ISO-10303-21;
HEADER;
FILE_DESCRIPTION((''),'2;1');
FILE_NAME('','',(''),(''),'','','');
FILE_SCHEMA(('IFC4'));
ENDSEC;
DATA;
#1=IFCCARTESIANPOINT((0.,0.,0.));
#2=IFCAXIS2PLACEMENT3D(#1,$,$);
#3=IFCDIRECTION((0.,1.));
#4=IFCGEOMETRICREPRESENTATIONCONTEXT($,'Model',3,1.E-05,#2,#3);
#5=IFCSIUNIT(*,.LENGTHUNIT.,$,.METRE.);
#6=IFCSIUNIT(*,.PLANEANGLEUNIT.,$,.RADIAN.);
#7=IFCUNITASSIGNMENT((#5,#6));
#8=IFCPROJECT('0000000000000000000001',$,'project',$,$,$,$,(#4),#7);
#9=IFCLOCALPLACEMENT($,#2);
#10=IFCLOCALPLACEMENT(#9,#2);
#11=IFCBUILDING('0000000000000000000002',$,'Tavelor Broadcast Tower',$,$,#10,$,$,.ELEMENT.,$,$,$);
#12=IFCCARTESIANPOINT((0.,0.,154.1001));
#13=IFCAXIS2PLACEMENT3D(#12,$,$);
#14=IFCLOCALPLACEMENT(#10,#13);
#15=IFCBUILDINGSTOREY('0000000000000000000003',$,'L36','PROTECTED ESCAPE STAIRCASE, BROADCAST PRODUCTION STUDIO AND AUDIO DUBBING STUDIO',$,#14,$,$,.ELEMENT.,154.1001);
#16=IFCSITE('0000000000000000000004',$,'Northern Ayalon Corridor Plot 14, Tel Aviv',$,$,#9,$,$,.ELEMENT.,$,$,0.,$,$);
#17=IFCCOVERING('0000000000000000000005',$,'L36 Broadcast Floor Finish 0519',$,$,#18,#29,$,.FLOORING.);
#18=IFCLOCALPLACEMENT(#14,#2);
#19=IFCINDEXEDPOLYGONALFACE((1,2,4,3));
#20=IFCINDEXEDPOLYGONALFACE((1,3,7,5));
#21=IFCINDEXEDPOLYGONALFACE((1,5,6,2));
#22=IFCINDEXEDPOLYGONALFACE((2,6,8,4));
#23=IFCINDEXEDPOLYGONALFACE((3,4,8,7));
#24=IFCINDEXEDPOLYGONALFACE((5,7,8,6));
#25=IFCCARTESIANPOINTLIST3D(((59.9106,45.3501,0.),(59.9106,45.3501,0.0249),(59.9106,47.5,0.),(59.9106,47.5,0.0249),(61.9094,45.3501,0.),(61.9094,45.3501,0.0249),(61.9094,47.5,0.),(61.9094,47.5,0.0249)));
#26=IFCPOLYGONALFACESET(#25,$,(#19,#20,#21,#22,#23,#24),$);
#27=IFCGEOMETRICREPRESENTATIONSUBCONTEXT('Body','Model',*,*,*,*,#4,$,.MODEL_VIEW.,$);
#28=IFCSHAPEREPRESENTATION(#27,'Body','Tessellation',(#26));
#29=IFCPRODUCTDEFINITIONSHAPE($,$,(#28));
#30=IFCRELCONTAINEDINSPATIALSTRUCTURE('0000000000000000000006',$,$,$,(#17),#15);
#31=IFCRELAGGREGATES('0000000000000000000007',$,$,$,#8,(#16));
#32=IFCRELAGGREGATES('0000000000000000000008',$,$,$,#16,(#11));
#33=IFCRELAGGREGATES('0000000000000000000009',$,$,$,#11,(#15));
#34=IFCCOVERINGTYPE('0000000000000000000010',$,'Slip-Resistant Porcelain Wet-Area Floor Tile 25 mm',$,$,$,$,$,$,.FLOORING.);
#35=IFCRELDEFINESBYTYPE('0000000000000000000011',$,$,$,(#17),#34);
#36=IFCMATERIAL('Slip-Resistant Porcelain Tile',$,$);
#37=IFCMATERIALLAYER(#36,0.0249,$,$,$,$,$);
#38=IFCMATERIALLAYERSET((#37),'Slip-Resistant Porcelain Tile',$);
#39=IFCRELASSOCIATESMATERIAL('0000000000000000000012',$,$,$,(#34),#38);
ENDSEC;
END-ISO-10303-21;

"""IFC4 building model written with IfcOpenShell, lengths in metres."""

from ifc_helpers import new_model, si_unit, direction, frame, origin, place, context, subcontext, project, spatial, polyline, outline, extrude, material, layer, layer_set, type_object, element, save


model = new_model("IFC4")

# Units and contexts
model_context = context("Model", 3, precision=1e-05, world=origin(), true_north=direction((0.0, 1.0)))
body_context = subcontext(model_context, "Body", "Model", "MODEL_VIEW")
ifc_project = project(units=[si_unit("LENGTHUNIT", "METRE"), si_unit("PLANEANGLEUNIT", "RADIAN")], contexts=[model_context])

# Site, building, storey
site_placement = place(None, origin())
site = spatial("IfcSite", under=ifc_project, at=site_placement, Name="Northern Ayalon Corridor Plot 14, Tel Aviv", CompositionType="ELEMENT", RefElevation=0.0)
building_placement = place(site_placement, origin())
building = spatial("IfcBuilding", under=site, at=building_placement, Name="Tavelor Broadcast Tower", CompositionType="ELEMENT")
storey_placement = place(building_placement, frame((0.0, 0.0, 154.1001)))
storey = spatial("IfcBuildingStorey", under=building, at=storey_placement, Name="L36", Description="PROTECTED ESCAPE STAIRCASE, BROADCAST PRODUCTION STUDIO AND AUDIO DUBBING STUDIO", CompositionType="ELEMENT", Elevation=154.1001)

# Covering
ifc_material_1 = material(Name="Slip-Resistant Porcelain Tile")
ifc_layer_1 = layer(ifc_material_1, 0.0249)
ifc_layer_set_1 = layer_set([ifc_layer_1], Name="Slip-Resistant Porcelain Tile")
covering_type_1 = type_object("IfcCoveringType", Name="Slip-Resistant Porcelain Wet-Area Floor Tile 25 mm", PredefinedType="FLOORING", material=ifc_layer_set_1)
covering_1_placement = place(storey_placement, origin())
element("IfcCovering", 1, at=covering_1_placement, inside=storey, type_object=covering_type_1, Name="L36 Broadcast Floor Finish 0519", PredefinedType="FLOORING", context=body_context, shape_type="SweptSolid", body=[
    extrude(outline(polyline([(59.9106, 45.3501), (61.9094, 45.3501), (61.9094, 47.5), (59.9106, 47.5), (59.9106, 45.3501)])), origin(), (0.0, 0.0, 1.0), 0.0249),
])

save(model, "model.ifc")
